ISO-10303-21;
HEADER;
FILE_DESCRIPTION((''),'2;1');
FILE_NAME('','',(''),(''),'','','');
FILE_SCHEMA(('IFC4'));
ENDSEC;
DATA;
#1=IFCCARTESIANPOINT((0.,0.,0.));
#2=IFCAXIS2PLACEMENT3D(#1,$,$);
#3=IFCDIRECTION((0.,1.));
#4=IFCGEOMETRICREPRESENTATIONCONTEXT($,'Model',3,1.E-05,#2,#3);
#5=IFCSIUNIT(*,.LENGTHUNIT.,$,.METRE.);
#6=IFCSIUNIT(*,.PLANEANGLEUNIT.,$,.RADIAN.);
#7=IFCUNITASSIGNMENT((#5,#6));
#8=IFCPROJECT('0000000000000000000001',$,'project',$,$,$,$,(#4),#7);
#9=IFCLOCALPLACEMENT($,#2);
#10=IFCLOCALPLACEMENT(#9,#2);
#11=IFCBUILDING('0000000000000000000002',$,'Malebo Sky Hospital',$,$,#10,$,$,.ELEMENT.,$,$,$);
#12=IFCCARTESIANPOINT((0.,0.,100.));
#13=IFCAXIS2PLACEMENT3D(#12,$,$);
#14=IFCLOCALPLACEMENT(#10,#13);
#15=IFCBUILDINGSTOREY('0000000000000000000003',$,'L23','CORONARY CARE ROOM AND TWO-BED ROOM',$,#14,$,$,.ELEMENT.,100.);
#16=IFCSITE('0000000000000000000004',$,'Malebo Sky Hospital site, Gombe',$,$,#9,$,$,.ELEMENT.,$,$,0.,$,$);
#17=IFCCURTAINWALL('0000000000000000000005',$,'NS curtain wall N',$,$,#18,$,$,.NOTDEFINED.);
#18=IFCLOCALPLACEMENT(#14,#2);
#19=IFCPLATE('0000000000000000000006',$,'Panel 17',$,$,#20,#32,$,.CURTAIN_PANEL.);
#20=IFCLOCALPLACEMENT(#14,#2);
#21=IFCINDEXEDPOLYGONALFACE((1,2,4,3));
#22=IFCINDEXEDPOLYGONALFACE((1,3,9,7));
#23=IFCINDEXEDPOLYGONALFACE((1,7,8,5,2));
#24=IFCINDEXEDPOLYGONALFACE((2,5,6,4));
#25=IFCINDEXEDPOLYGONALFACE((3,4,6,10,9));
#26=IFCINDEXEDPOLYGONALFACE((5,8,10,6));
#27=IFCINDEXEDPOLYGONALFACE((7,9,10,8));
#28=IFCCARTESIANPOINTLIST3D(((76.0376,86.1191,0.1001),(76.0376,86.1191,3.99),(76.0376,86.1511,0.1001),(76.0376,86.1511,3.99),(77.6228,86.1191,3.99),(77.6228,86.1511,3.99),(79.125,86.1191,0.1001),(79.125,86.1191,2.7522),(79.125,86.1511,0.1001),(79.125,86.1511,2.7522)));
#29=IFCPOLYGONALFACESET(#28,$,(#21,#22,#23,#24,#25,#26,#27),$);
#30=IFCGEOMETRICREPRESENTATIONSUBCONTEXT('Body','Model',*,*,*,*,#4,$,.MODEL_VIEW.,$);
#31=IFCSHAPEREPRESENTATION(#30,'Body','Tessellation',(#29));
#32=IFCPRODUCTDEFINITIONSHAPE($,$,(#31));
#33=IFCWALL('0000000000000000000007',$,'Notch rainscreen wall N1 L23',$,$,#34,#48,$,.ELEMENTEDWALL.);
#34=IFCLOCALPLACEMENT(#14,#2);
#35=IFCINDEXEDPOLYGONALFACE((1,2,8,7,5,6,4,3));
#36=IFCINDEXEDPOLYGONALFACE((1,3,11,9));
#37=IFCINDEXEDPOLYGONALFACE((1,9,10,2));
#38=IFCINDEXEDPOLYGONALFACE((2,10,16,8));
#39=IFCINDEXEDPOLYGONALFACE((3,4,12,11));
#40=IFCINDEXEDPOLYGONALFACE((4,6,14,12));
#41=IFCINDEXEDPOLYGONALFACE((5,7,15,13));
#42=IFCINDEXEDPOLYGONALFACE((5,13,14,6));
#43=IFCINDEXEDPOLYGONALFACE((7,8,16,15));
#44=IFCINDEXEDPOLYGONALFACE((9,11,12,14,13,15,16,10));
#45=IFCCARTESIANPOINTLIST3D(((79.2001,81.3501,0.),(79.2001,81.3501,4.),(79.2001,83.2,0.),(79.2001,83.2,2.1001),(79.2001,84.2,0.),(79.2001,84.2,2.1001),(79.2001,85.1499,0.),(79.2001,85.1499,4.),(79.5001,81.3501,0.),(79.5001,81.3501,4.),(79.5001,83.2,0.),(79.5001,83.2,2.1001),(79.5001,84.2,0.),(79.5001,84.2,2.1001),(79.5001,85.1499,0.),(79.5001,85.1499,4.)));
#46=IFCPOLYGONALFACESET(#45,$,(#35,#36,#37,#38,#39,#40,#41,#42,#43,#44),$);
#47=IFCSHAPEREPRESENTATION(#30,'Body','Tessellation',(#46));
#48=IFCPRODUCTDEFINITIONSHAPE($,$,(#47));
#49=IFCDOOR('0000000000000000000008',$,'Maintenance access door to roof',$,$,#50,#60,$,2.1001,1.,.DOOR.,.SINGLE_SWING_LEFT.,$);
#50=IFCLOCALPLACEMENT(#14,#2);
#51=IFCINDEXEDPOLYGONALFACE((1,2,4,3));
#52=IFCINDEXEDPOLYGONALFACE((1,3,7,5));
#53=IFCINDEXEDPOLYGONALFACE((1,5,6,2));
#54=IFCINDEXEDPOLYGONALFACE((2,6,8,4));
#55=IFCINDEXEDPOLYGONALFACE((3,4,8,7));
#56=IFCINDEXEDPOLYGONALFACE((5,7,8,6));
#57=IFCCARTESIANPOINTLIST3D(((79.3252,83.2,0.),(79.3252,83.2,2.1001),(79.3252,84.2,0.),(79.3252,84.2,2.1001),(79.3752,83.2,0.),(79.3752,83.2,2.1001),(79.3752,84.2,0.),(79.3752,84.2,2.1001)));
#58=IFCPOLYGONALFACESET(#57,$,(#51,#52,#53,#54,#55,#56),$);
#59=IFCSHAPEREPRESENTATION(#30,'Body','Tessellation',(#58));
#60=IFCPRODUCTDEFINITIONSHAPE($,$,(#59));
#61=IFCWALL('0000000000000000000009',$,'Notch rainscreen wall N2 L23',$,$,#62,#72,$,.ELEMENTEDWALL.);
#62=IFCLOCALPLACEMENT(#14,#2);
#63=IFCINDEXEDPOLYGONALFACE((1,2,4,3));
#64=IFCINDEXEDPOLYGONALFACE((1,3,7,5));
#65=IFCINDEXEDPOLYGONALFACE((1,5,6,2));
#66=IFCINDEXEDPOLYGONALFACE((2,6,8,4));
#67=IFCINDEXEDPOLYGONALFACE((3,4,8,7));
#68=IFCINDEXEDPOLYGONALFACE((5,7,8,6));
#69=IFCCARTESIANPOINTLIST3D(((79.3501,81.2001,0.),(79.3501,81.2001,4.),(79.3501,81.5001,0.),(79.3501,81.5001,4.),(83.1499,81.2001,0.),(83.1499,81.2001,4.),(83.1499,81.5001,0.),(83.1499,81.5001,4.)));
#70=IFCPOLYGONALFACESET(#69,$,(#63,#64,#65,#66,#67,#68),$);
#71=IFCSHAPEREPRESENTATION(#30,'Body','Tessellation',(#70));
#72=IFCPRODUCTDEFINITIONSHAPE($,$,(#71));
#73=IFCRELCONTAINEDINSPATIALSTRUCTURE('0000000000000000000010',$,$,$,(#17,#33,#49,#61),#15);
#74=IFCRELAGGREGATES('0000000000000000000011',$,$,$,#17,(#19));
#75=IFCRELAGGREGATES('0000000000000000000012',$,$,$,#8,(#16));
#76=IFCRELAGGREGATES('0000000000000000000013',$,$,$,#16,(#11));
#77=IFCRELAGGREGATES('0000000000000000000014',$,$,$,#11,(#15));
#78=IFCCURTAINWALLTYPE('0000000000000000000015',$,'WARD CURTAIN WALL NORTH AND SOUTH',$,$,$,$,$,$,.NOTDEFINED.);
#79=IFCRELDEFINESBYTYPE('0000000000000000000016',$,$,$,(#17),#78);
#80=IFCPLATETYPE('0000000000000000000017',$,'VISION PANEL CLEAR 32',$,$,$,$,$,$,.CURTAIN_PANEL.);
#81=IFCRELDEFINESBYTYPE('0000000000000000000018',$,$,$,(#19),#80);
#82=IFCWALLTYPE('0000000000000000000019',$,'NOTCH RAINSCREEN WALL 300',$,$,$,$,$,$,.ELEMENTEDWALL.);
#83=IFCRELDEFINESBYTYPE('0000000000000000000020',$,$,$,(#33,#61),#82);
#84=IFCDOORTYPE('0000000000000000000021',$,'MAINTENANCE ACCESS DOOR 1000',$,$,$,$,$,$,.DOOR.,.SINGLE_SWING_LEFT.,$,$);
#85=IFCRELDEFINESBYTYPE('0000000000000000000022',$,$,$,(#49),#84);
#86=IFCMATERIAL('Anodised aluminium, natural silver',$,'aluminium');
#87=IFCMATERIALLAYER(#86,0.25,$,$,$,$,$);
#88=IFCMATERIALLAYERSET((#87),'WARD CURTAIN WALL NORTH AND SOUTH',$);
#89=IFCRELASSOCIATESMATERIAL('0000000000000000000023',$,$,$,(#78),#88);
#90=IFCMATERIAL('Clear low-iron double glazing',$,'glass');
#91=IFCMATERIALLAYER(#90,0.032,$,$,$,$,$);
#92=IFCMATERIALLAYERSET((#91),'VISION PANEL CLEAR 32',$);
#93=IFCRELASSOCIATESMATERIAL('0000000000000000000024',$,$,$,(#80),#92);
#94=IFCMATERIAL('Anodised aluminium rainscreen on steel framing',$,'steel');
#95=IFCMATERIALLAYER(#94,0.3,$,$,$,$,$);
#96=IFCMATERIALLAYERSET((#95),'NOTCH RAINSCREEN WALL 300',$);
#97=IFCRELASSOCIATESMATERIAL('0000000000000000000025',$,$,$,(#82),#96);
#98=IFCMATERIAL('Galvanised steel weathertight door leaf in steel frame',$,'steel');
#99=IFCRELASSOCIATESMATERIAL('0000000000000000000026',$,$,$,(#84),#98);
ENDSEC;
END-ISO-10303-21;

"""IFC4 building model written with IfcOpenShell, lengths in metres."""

from ifc_helpers import new_model, si_unit, direction, frame, frame_2d, origin, place, context, subcontext, project, spatial, polyline, rectangle, outline, extrude, material, layer, layer_set, type_object, element, fill, aggregate, save


model = new_model("IFC4")

# Units and contexts
model_context = context("Model", 3, precision=1e-05, world=origin(), true_north=direction((0.0, 1.0)))
body_context = subcontext(model_context, "Body", "Model", "MODEL_VIEW")
ifc_project = project(units=[si_unit("LENGTHUNIT", "METRE"), si_unit("PLANEANGLEUNIT", "RADIAN")], contexts=[model_context])

# Site, building, storey
site_placement = place(None, origin())
site = spatial("IfcSite", under=ifc_project, at=site_placement, Name="Malebo Sky Hospital site, Gombe", CompositionType="ELEMENT", RefElevation=0.0)
building_placement = place(site_placement, origin())
building = spatial("IfcBuilding", under=site, at=building_placement, Name="Malebo Sky Hospital", CompositionType="ELEMENT")
storey_placement = place(building_placement, frame((0.0, 0.0, 100.0)))
storey = spatial("IfcBuildingStorey", under=building, at=storey_placement, Name="L23", Description="CORONARY CARE ROOM AND TWO-BED ROOM", CompositionType="ELEMENT", Elevation=100.0)

# Curtain wall
ifc_material_1 = material(Name="Anodised aluminium, natural silver", Category="aluminium")
ifc_layer_1 = layer(ifc_material_1, 0.25)
ifc_layer_set_1 = layer_set([ifc_layer_1], Name="WARD CURTAIN WALL NORTH AND SOUTH")
curtain_wall_type = type_object("IfcCurtainWallType", Name="WARD CURTAIN WALL NORTH AND SOUTH", PredefinedType="NOTDEFINED", material=ifc_layer_set_1)
curtain_wall_placement = place(storey_placement, origin())
curtain_wall = element("IfcCurtainWall", 1, at=curtain_wall_placement, inside=storey, type_object=curtain_wall_type, Name="NS curtain wall N", PredefinedType="NOTDEFINED")

# Plate
ifc_material_2 = material(Name="Clear low-iron double glazing", Category="glass")
ifc_layer_2 = layer(ifc_material_2, 0.032)
ifc_layer_set_2 = layer_set([ifc_layer_2], Name="VISION PANEL CLEAR 32")
plate_type = type_object("IfcPlateType", Name="VISION PANEL CLEAR 32", PredefinedType="CURTAIN_PANEL", material=ifc_layer_set_2)
plate_1_placement = place(storey_placement, frame((77.5813, 86.135, 0.1001), z_axis=(0.0, 0.0, 1.0), x_axis=(1.0, 0.0, 0.0)))
plate_1 = element("IfcPlate", 2, at=plate_1_placement, type_object=plate_type, Name="Panel 17", PredefinedType="CURTAIN_PANEL", context=body_context, shape_type="SweptSolid", body=[
    extrude(outline(polyline([(-1.5437, 0.0), (1.5437, 0.0), (1.5437, 2.6521), (0.0415, 3.8899), (-1.5437, 3.8899), (-1.5437, 0.0)])), frame((0.0, 0.0161, 0.0), z_axis=(0.0, -1.0, 0.0), x_axis=(1.0, 0.0, 0.0)), (0.0, 0.0, 1.0), 0.032),
])
aggregate(curtain_wall, [plate_1])

# Wall, opening, door
ifc_material_3 = material(Name="Anodised aluminium rainscreen on steel framing", Category="steel")
ifc_layer_3 = layer(ifc_material_3, 0.3)
ifc_layer_set_3 = layer_set([ifc_layer_3], Name="NOTCH RAINSCREEN WALL 300")
wall_type = type_object("IfcWallType", Name="NOTCH RAINSCREEN WALL 300", PredefinedType="ELEMENTEDWALL", material=ifc_layer_set_3)
wall_1_placement = place(storey_placement, frame((79.3501, 85.1499, 0.0), z_axis=(0.0, 0.0, 1.0), x_axis=(0.0, -1.0, 0.0)))
wall_1 = element("IfcWall", 3, at=wall_1_placement, inside=storey, type_object=wall_type, Name="Notch rainscreen wall N1 L23", PredefinedType="ELEMENTEDWALL", context=body_context, shape_type="SweptSolid", body=[
    extrude(rectangle(XDim=3.7998, YDim=0.3, at=frame_2d((1.8999, 0.0))), origin(), (0.0, 0.0, 1.0), 4.0),
])
opening_placement = place(wall_1_placement, frame((0.95, 0.0, 0.0)))
opening = element("IfcOpeningElement", 4, at=opening_placement, cuts=wall_1, PredefinedType="OPENING", context=body_context, shape_type="SweptSolid", body=[
    extrude(rectangle(XDim=1.0, YDim=2.1001, at=frame_2d((0.5, 1.05))), frame((0.0, 0.1599, 0.0), z_axis=(0.0, -1.0, 0.0), x_axis=(1.0, 0.0, 0.0)), (0.0, 0.0, 1.0), 0.3201),
])
ifc_material_4 = material(Name="Galvanised steel weathertight door leaf in steel frame", Category="steel")
door_type = type_object("IfcDoorType", Name="MAINTENANCE ACCESS DOOR 1000", OperationType="SINGLE_SWING_LEFT", PredefinedType="DOOR", material=ifc_material_4)
door_placement = place(opening_placement, frame((1.0, 0.0, 0.0), z_axis=(0.0, 0.0, 1.0), x_axis=(-1.0, 0.0, 0.0)))
door = element("IfcDoor", 5, at=door_placement, inside=storey, type_object=door_type, Name="Maintenance access door to roof", OperationType="SINGLE_SWING_LEFT", OverallHeight=2.1001, OverallWidth=1.0, PredefinedType="DOOR", context=body_context, shape_type="SweptSolid", body=[
    extrude(rectangle(XDim=1.0, YDim=2.1001, at=frame_2d((0.5, 1.05))), frame((0.0, 0.0249, 0.0), z_axis=(0.0, -1.0, 0.0), x_axis=(1.0, 0.0, 0.0)), (0.0, 0.0, 1.0), 0.05),
])
fill(opening, door)

# Wall
wall_2_placement = place(storey_placement, frame((79.3501, 81.3501, 0.0), z_axis=(0.0, 0.0, 1.0), x_axis=(1.0, 0.0, 0.0)))
element("IfcWall", 6, at=wall_2_placement, inside=storey, type_object=wall_type, Name="Notch rainscreen wall N2 L23", PredefinedType="ELEMENTEDWALL", context=body_context, shape_type="SweptSolid", body=[
    extrude(rectangle(XDim=3.7998, YDim=0.3, at=frame_2d((1.8999, 0.0))), origin(), (0.0, 0.0, 1.0), 4.0),
])

save(model, "model.ifc")
